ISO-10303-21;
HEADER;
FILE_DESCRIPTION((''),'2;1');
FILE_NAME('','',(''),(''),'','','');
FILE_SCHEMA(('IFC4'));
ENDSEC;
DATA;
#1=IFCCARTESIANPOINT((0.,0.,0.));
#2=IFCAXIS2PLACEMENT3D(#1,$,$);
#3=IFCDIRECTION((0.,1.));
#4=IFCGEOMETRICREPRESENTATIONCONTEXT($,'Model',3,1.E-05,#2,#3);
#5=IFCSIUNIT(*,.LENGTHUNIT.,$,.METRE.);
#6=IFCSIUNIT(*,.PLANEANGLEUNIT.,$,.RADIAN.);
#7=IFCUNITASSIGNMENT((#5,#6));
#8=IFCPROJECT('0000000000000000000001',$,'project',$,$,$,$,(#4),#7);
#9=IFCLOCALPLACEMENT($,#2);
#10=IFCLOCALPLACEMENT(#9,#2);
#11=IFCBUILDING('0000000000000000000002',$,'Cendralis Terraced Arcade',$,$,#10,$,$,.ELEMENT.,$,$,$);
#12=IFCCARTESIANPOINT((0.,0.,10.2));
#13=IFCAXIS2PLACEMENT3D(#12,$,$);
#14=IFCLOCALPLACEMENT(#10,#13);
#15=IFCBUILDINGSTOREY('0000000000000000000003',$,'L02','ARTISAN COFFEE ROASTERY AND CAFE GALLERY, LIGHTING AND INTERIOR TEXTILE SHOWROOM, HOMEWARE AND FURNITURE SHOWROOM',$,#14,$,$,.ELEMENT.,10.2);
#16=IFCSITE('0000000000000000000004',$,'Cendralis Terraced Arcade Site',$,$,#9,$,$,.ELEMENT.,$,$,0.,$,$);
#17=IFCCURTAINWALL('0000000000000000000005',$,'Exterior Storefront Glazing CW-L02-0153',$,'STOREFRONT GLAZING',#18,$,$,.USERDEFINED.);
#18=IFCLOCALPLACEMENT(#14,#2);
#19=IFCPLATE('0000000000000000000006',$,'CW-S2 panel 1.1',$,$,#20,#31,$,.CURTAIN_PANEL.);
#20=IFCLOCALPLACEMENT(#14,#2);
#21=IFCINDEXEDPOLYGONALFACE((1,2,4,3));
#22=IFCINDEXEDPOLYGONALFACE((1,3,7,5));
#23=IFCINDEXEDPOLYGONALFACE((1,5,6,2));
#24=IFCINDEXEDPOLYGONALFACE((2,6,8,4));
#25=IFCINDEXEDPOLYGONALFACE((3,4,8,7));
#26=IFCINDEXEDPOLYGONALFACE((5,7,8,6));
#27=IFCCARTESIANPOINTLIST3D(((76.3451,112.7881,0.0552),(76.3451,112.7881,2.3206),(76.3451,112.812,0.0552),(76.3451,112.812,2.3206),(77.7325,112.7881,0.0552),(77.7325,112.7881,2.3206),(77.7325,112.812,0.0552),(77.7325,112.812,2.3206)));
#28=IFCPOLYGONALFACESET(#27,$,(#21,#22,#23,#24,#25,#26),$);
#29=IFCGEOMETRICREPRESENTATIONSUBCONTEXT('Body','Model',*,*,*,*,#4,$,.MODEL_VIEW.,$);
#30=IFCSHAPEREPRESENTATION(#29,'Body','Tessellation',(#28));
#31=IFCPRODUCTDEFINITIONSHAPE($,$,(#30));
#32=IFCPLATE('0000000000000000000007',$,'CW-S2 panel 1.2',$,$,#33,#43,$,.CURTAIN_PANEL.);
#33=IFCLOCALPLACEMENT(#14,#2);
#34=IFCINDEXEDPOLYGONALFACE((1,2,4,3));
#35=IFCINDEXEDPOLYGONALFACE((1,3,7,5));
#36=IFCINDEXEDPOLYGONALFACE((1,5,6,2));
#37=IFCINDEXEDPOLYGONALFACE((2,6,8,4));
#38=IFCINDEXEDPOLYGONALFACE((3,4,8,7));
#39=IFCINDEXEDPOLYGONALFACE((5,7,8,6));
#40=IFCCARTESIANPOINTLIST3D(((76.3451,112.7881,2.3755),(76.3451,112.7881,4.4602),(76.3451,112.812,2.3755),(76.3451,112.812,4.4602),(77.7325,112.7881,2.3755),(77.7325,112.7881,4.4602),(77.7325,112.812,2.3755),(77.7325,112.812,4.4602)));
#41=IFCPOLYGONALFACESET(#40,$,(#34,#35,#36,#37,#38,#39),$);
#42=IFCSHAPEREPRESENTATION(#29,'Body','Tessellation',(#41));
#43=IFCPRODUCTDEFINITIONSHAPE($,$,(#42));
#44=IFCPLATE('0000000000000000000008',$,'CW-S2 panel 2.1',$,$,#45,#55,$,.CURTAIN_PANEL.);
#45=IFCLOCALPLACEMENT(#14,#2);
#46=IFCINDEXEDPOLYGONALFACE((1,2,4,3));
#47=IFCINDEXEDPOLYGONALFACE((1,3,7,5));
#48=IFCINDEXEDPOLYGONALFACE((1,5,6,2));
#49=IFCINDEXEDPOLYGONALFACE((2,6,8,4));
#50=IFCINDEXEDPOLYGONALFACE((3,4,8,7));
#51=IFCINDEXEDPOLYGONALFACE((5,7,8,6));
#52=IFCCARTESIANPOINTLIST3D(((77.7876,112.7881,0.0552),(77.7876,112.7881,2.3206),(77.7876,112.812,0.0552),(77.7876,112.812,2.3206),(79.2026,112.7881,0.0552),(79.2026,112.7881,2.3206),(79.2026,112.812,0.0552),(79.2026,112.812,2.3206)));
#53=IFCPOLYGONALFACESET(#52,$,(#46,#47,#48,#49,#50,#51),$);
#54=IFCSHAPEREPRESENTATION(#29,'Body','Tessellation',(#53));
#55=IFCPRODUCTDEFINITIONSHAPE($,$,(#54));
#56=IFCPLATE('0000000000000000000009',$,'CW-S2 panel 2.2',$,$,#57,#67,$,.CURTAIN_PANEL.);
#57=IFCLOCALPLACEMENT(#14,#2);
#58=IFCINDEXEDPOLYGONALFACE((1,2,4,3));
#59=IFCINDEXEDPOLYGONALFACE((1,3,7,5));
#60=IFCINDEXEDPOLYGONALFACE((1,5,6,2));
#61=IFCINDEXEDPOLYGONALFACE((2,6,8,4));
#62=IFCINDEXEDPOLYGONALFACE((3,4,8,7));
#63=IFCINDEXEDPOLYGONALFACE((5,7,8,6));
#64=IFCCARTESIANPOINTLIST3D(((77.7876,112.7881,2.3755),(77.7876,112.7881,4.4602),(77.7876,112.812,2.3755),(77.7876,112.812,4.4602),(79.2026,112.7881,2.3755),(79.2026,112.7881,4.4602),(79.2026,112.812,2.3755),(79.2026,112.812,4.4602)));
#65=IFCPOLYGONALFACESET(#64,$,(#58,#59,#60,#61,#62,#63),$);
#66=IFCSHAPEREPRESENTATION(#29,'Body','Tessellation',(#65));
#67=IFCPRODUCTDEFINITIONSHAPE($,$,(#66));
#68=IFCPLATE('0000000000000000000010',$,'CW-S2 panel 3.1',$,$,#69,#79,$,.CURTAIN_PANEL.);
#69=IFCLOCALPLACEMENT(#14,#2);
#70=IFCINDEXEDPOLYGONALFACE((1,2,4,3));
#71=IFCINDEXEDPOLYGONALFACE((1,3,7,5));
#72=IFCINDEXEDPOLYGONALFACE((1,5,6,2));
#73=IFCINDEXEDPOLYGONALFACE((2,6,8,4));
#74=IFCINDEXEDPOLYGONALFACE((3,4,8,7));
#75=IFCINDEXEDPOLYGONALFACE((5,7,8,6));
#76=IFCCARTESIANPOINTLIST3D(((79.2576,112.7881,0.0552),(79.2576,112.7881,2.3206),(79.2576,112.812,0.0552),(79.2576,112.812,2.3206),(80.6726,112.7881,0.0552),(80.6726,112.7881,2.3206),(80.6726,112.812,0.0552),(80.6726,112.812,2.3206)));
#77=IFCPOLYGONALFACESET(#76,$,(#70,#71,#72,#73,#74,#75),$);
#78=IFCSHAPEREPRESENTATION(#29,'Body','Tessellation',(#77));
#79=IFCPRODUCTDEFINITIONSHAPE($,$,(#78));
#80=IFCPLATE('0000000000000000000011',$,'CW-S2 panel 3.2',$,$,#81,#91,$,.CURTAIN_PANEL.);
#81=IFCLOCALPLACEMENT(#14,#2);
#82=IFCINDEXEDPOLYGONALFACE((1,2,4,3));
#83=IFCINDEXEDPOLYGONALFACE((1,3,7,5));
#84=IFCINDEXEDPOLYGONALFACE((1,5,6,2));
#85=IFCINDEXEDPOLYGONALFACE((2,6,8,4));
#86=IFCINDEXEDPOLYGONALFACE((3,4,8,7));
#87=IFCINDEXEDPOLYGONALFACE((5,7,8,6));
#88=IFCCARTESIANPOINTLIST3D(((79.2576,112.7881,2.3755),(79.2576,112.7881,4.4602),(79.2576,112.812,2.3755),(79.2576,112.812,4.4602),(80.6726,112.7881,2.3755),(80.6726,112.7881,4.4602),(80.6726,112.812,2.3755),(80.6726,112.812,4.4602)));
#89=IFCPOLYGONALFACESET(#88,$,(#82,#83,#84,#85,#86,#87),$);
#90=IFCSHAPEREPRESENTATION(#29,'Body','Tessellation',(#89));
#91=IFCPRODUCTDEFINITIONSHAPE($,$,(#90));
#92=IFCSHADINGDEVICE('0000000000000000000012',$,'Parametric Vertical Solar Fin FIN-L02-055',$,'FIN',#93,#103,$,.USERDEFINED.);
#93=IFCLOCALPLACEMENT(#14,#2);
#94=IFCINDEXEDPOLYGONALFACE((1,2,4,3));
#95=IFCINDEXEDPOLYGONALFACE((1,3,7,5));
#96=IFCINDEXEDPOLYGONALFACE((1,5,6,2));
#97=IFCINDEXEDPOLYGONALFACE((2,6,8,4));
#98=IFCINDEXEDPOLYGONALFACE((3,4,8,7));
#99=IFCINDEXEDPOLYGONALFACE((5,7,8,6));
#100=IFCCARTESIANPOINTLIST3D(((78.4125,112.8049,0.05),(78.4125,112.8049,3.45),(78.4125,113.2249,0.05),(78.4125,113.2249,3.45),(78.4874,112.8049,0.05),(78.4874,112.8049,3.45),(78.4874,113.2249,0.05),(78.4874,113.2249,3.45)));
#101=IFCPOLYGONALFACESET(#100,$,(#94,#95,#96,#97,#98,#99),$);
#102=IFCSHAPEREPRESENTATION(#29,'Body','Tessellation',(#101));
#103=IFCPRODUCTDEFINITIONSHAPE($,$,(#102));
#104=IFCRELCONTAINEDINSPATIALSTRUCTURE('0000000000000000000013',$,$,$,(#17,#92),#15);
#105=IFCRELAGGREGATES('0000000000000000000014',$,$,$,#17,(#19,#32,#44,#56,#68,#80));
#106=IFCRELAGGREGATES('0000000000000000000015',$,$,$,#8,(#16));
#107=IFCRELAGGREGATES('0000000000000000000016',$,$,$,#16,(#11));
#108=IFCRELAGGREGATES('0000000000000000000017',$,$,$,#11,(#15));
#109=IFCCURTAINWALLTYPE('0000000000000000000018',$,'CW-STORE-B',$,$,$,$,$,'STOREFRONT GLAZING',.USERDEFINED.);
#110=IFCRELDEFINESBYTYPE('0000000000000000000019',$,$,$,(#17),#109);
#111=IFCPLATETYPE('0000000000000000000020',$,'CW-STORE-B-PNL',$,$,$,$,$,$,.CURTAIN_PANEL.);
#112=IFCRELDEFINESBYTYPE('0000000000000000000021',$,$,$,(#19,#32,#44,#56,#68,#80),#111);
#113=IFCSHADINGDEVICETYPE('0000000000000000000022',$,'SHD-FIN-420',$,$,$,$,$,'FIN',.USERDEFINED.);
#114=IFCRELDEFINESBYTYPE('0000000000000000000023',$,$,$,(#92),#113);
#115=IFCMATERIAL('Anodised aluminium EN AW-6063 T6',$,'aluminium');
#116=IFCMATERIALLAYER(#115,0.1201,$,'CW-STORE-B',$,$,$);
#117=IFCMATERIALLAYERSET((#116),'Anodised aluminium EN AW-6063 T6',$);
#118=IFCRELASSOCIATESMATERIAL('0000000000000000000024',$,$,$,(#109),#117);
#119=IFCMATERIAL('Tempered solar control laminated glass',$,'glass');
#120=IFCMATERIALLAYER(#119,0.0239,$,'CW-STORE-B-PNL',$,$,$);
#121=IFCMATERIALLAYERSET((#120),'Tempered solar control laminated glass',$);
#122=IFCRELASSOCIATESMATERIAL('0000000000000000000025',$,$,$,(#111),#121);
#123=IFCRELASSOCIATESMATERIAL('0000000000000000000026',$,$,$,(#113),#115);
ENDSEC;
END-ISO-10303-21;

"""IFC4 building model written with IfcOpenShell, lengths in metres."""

from ifc_helpers import new_model, si_unit, direction, frame, origin, origin_2d, place, context, subcontext, project, spatial, rectangle, extrude, material, layer, layer_set, type_object, element, aggregate, save


model = new_model("IFC4")

# Units and contexts
model_context = context("Model", 3, precision=1e-05, world=origin(), true_north=direction((0.0, 1.0)))
body_context = subcontext(model_context, "Body", "Model", "MODEL_VIEW")
ifc_project = project(units=[si_unit("LENGTHUNIT", "METRE"), si_unit("PLANEANGLEUNIT", "RADIAN")], contexts=[model_context])

# Site, building, storey
site_placement = place(None, origin())
site = spatial("IfcSite", under=ifc_project, at=site_placement, Name="Cendralis Terraced Arcade Site", CompositionType="ELEMENT", RefElevation=0.0)
building_placement = place(site_placement, origin())
building = spatial("IfcBuilding", under=site, at=building_placement, Name="Cendralis Terraced Arcade", CompositionType="ELEMENT")
storey_placement = place(building_placement, frame((0.0, 0.0, 10.2)))
storey = spatial("IfcBuildingStorey", under=building, at=storey_placement, Name="L02", Description="ARTISAN COFFEE ROASTERY AND CAFE GALLERY, LIGHTING AND INTERIOR TEXTILE SHOWROOM, HOMEWARE AND FURNITURE SHOWROOM", CompositionType="ELEMENT", Elevation=10.2)

# Curtain wall, plates
ifc_material_1 = material(Name="Anodised aluminium EN AW-6063 T6", Category="aluminium")
ifc_layer_1 = layer(ifc_material_1, 0.1201, Name="CW-STORE-B")
ifc_layer_set_1 = layer_set([ifc_layer_1], Name="Anodised aluminium EN AW-6063 T6")
curtain_wall_type = type_object("IfcCurtainWallType", Name="CW-STORE-B", ElementType="STOREFRONT GLAZING", PredefinedType="USERDEFINED", material=ifc_layer_set_1)
curtain_wall_placement = place(storey_placement, origin())
curtain_wall = element("IfcCurtainWall", 1, at=curtain_wall_placement, inside=storey, type_object=curtain_wall_type, Name="Exterior Storefront Glazing CW-L02-0153", ObjectType="STOREFRONT GLAZING", PredefinedType="USERDEFINED")
ifc_material_2 = material(Name="Tempered solar control laminated glass", Category="glass")
ifc_layer_2 = layer(ifc_material_2, 0.0239, Name="CW-STORE-B-PNL")
ifc_layer_set_2 = layer_set([ifc_layer_2], Name="Tempered solar control laminated glass")
plate_type = type_object("IfcPlateType", Name="CW-STORE-B-PNL", PredefinedType="CURTAIN_PANEL", material=ifc_layer_set_2)
plate_1_placement = place(storey_placement, frame((77.0388, 112.8, 0.0552), z_axis=(0.0, 0.0, 1.0), x_axis=(1.0, 0.0, 0.0)))
plate_1 = element("IfcPlate", 2, at=plate_1_placement, type_object=plate_type, Name="CW-S2 panel 1.1", PredefinedType="CURTAIN_PANEL", context=body_context, shape_type="SweptSolid", body=[
    extrude(rectangle(XDim=1.3875, YDim=0.0239, at=origin_2d()), origin(), (0.0, 0.0, 1.0), 2.2654),
])
plate_2_placement = place(storey_placement, frame((77.0388, 112.8, 2.3755), z_axis=(0.0, 0.0, 1.0), x_axis=(1.0, 0.0, 0.0)))
plate_2 = element("IfcPlate", 3, at=plate_2_placement, type_object=plate_type, Name="CW-S2 panel 1.2", PredefinedType="CURTAIN_PANEL", context=body_context, shape_type="SweptSolid", body=[
    extrude(rectangle(XDim=1.3875, YDim=0.0239, at=origin_2d()), origin(), (0.0, 0.0, 1.0), 2.0847),
])
plate_3_placement = place(storey_placement, frame((78.4951, 112.8, 0.0552), z_axis=(0.0, 0.0, 1.0), x_axis=(1.0, 0.0, 0.0)))
plate_3 = element("IfcPlate", 4, at=plate_3_placement, type_object=plate_type, Name="CW-S2 panel 2.1", PredefinedType="CURTAIN_PANEL", context=body_context, shape_type="SweptSolid", body=[
    extrude(rectangle(XDim=1.415, YDim=0.0239, at=origin_2d()), origin(), (0.0, 0.0, 1.0), 2.2654),
])
plate_4_placement = place(storey_placement, frame((78.4951, 112.8, 2.3755), z_axis=(0.0, 0.0, 1.0), x_axis=(1.0, 0.0, 0.0)))
plate_4 = element("IfcPlate", 5, at=plate_4_placement, type_object=plate_type, Name="CW-S2 panel 2.2", PredefinedType="CURTAIN_PANEL", context=body_context, shape_type="SweptSolid", body=[
    extrude(rectangle(XDim=1.415, YDim=0.0239, at=origin_2d()), origin(), (0.0, 0.0, 1.0), 2.0847),
])
plate_5_placement = place(storey_placement, frame((79.9651, 112.8, 0.0552), z_axis=(0.0, 0.0, 1.0), x_axis=(1.0, 0.0, 0.0)))
plate_5 = element("IfcPlate", 6, at=plate_5_placement, type_object=plate_type, Name="CW-S2 panel 3.1", PredefinedType="CURTAIN_PANEL", context=body_context, shape_type="SweptSolid", body=[
    extrude(rectangle(XDim=1.415, YDim=0.0239, at=origin_2d()), origin(), (0.0, 0.0, 1.0), 2.2654),
])
plate_6_placement = place(storey_placement, frame((79.9651, 112.8, 2.3755), z_axis=(0.0, 0.0, 1.0), x_axis=(1.0, 0.0, 0.0)))
plate_6 = element("IfcPlate", 7, at=plate_6_placement, type_object=plate_type, Name="CW-S2 panel 3.2", PredefinedType="CURTAIN_PANEL", context=body_context, shape_type="SweptSolid", body=[
    extrude(rectangle(XDim=1.415, YDim=0.0239, at=origin_2d()), origin(), (0.0, 0.0, 1.0), 2.0847),
])
aggregate(curtain_wall, [plate_1, plate_2, plate_3, plate_4, plate_5, plate_6])

# Shading device
shading_device_type = type_object("IfcShadingDeviceType", Name="SHD-FIN-420", ElementType="FIN", PredefinedType="USERDEFINED", material=ifc_material_1)
shading_device_placement = place(storey_placement, frame((78.45, 113.0149, 0.05), z_axis=(0.0, 0.0, 1.0), x_axis=(1.0, 0.0, 0.0)))
element("IfcShadingDevice", 8, at=shading_device_placement, inside=storey, type_object=shading_device_type, Name="Parametric Vertical Solar Fin FIN-L02-055", ObjectType="FIN", PredefinedType="USERDEFINED", context=body_context, shape_type="SweptSolid", body=[
    extrude(rectangle(XDim=0.075, YDim=0.4199, at=origin_2d()), origin(), (0.0, 0.0, 1.0), 3.3999),
])

save(model, "model.ifc")
